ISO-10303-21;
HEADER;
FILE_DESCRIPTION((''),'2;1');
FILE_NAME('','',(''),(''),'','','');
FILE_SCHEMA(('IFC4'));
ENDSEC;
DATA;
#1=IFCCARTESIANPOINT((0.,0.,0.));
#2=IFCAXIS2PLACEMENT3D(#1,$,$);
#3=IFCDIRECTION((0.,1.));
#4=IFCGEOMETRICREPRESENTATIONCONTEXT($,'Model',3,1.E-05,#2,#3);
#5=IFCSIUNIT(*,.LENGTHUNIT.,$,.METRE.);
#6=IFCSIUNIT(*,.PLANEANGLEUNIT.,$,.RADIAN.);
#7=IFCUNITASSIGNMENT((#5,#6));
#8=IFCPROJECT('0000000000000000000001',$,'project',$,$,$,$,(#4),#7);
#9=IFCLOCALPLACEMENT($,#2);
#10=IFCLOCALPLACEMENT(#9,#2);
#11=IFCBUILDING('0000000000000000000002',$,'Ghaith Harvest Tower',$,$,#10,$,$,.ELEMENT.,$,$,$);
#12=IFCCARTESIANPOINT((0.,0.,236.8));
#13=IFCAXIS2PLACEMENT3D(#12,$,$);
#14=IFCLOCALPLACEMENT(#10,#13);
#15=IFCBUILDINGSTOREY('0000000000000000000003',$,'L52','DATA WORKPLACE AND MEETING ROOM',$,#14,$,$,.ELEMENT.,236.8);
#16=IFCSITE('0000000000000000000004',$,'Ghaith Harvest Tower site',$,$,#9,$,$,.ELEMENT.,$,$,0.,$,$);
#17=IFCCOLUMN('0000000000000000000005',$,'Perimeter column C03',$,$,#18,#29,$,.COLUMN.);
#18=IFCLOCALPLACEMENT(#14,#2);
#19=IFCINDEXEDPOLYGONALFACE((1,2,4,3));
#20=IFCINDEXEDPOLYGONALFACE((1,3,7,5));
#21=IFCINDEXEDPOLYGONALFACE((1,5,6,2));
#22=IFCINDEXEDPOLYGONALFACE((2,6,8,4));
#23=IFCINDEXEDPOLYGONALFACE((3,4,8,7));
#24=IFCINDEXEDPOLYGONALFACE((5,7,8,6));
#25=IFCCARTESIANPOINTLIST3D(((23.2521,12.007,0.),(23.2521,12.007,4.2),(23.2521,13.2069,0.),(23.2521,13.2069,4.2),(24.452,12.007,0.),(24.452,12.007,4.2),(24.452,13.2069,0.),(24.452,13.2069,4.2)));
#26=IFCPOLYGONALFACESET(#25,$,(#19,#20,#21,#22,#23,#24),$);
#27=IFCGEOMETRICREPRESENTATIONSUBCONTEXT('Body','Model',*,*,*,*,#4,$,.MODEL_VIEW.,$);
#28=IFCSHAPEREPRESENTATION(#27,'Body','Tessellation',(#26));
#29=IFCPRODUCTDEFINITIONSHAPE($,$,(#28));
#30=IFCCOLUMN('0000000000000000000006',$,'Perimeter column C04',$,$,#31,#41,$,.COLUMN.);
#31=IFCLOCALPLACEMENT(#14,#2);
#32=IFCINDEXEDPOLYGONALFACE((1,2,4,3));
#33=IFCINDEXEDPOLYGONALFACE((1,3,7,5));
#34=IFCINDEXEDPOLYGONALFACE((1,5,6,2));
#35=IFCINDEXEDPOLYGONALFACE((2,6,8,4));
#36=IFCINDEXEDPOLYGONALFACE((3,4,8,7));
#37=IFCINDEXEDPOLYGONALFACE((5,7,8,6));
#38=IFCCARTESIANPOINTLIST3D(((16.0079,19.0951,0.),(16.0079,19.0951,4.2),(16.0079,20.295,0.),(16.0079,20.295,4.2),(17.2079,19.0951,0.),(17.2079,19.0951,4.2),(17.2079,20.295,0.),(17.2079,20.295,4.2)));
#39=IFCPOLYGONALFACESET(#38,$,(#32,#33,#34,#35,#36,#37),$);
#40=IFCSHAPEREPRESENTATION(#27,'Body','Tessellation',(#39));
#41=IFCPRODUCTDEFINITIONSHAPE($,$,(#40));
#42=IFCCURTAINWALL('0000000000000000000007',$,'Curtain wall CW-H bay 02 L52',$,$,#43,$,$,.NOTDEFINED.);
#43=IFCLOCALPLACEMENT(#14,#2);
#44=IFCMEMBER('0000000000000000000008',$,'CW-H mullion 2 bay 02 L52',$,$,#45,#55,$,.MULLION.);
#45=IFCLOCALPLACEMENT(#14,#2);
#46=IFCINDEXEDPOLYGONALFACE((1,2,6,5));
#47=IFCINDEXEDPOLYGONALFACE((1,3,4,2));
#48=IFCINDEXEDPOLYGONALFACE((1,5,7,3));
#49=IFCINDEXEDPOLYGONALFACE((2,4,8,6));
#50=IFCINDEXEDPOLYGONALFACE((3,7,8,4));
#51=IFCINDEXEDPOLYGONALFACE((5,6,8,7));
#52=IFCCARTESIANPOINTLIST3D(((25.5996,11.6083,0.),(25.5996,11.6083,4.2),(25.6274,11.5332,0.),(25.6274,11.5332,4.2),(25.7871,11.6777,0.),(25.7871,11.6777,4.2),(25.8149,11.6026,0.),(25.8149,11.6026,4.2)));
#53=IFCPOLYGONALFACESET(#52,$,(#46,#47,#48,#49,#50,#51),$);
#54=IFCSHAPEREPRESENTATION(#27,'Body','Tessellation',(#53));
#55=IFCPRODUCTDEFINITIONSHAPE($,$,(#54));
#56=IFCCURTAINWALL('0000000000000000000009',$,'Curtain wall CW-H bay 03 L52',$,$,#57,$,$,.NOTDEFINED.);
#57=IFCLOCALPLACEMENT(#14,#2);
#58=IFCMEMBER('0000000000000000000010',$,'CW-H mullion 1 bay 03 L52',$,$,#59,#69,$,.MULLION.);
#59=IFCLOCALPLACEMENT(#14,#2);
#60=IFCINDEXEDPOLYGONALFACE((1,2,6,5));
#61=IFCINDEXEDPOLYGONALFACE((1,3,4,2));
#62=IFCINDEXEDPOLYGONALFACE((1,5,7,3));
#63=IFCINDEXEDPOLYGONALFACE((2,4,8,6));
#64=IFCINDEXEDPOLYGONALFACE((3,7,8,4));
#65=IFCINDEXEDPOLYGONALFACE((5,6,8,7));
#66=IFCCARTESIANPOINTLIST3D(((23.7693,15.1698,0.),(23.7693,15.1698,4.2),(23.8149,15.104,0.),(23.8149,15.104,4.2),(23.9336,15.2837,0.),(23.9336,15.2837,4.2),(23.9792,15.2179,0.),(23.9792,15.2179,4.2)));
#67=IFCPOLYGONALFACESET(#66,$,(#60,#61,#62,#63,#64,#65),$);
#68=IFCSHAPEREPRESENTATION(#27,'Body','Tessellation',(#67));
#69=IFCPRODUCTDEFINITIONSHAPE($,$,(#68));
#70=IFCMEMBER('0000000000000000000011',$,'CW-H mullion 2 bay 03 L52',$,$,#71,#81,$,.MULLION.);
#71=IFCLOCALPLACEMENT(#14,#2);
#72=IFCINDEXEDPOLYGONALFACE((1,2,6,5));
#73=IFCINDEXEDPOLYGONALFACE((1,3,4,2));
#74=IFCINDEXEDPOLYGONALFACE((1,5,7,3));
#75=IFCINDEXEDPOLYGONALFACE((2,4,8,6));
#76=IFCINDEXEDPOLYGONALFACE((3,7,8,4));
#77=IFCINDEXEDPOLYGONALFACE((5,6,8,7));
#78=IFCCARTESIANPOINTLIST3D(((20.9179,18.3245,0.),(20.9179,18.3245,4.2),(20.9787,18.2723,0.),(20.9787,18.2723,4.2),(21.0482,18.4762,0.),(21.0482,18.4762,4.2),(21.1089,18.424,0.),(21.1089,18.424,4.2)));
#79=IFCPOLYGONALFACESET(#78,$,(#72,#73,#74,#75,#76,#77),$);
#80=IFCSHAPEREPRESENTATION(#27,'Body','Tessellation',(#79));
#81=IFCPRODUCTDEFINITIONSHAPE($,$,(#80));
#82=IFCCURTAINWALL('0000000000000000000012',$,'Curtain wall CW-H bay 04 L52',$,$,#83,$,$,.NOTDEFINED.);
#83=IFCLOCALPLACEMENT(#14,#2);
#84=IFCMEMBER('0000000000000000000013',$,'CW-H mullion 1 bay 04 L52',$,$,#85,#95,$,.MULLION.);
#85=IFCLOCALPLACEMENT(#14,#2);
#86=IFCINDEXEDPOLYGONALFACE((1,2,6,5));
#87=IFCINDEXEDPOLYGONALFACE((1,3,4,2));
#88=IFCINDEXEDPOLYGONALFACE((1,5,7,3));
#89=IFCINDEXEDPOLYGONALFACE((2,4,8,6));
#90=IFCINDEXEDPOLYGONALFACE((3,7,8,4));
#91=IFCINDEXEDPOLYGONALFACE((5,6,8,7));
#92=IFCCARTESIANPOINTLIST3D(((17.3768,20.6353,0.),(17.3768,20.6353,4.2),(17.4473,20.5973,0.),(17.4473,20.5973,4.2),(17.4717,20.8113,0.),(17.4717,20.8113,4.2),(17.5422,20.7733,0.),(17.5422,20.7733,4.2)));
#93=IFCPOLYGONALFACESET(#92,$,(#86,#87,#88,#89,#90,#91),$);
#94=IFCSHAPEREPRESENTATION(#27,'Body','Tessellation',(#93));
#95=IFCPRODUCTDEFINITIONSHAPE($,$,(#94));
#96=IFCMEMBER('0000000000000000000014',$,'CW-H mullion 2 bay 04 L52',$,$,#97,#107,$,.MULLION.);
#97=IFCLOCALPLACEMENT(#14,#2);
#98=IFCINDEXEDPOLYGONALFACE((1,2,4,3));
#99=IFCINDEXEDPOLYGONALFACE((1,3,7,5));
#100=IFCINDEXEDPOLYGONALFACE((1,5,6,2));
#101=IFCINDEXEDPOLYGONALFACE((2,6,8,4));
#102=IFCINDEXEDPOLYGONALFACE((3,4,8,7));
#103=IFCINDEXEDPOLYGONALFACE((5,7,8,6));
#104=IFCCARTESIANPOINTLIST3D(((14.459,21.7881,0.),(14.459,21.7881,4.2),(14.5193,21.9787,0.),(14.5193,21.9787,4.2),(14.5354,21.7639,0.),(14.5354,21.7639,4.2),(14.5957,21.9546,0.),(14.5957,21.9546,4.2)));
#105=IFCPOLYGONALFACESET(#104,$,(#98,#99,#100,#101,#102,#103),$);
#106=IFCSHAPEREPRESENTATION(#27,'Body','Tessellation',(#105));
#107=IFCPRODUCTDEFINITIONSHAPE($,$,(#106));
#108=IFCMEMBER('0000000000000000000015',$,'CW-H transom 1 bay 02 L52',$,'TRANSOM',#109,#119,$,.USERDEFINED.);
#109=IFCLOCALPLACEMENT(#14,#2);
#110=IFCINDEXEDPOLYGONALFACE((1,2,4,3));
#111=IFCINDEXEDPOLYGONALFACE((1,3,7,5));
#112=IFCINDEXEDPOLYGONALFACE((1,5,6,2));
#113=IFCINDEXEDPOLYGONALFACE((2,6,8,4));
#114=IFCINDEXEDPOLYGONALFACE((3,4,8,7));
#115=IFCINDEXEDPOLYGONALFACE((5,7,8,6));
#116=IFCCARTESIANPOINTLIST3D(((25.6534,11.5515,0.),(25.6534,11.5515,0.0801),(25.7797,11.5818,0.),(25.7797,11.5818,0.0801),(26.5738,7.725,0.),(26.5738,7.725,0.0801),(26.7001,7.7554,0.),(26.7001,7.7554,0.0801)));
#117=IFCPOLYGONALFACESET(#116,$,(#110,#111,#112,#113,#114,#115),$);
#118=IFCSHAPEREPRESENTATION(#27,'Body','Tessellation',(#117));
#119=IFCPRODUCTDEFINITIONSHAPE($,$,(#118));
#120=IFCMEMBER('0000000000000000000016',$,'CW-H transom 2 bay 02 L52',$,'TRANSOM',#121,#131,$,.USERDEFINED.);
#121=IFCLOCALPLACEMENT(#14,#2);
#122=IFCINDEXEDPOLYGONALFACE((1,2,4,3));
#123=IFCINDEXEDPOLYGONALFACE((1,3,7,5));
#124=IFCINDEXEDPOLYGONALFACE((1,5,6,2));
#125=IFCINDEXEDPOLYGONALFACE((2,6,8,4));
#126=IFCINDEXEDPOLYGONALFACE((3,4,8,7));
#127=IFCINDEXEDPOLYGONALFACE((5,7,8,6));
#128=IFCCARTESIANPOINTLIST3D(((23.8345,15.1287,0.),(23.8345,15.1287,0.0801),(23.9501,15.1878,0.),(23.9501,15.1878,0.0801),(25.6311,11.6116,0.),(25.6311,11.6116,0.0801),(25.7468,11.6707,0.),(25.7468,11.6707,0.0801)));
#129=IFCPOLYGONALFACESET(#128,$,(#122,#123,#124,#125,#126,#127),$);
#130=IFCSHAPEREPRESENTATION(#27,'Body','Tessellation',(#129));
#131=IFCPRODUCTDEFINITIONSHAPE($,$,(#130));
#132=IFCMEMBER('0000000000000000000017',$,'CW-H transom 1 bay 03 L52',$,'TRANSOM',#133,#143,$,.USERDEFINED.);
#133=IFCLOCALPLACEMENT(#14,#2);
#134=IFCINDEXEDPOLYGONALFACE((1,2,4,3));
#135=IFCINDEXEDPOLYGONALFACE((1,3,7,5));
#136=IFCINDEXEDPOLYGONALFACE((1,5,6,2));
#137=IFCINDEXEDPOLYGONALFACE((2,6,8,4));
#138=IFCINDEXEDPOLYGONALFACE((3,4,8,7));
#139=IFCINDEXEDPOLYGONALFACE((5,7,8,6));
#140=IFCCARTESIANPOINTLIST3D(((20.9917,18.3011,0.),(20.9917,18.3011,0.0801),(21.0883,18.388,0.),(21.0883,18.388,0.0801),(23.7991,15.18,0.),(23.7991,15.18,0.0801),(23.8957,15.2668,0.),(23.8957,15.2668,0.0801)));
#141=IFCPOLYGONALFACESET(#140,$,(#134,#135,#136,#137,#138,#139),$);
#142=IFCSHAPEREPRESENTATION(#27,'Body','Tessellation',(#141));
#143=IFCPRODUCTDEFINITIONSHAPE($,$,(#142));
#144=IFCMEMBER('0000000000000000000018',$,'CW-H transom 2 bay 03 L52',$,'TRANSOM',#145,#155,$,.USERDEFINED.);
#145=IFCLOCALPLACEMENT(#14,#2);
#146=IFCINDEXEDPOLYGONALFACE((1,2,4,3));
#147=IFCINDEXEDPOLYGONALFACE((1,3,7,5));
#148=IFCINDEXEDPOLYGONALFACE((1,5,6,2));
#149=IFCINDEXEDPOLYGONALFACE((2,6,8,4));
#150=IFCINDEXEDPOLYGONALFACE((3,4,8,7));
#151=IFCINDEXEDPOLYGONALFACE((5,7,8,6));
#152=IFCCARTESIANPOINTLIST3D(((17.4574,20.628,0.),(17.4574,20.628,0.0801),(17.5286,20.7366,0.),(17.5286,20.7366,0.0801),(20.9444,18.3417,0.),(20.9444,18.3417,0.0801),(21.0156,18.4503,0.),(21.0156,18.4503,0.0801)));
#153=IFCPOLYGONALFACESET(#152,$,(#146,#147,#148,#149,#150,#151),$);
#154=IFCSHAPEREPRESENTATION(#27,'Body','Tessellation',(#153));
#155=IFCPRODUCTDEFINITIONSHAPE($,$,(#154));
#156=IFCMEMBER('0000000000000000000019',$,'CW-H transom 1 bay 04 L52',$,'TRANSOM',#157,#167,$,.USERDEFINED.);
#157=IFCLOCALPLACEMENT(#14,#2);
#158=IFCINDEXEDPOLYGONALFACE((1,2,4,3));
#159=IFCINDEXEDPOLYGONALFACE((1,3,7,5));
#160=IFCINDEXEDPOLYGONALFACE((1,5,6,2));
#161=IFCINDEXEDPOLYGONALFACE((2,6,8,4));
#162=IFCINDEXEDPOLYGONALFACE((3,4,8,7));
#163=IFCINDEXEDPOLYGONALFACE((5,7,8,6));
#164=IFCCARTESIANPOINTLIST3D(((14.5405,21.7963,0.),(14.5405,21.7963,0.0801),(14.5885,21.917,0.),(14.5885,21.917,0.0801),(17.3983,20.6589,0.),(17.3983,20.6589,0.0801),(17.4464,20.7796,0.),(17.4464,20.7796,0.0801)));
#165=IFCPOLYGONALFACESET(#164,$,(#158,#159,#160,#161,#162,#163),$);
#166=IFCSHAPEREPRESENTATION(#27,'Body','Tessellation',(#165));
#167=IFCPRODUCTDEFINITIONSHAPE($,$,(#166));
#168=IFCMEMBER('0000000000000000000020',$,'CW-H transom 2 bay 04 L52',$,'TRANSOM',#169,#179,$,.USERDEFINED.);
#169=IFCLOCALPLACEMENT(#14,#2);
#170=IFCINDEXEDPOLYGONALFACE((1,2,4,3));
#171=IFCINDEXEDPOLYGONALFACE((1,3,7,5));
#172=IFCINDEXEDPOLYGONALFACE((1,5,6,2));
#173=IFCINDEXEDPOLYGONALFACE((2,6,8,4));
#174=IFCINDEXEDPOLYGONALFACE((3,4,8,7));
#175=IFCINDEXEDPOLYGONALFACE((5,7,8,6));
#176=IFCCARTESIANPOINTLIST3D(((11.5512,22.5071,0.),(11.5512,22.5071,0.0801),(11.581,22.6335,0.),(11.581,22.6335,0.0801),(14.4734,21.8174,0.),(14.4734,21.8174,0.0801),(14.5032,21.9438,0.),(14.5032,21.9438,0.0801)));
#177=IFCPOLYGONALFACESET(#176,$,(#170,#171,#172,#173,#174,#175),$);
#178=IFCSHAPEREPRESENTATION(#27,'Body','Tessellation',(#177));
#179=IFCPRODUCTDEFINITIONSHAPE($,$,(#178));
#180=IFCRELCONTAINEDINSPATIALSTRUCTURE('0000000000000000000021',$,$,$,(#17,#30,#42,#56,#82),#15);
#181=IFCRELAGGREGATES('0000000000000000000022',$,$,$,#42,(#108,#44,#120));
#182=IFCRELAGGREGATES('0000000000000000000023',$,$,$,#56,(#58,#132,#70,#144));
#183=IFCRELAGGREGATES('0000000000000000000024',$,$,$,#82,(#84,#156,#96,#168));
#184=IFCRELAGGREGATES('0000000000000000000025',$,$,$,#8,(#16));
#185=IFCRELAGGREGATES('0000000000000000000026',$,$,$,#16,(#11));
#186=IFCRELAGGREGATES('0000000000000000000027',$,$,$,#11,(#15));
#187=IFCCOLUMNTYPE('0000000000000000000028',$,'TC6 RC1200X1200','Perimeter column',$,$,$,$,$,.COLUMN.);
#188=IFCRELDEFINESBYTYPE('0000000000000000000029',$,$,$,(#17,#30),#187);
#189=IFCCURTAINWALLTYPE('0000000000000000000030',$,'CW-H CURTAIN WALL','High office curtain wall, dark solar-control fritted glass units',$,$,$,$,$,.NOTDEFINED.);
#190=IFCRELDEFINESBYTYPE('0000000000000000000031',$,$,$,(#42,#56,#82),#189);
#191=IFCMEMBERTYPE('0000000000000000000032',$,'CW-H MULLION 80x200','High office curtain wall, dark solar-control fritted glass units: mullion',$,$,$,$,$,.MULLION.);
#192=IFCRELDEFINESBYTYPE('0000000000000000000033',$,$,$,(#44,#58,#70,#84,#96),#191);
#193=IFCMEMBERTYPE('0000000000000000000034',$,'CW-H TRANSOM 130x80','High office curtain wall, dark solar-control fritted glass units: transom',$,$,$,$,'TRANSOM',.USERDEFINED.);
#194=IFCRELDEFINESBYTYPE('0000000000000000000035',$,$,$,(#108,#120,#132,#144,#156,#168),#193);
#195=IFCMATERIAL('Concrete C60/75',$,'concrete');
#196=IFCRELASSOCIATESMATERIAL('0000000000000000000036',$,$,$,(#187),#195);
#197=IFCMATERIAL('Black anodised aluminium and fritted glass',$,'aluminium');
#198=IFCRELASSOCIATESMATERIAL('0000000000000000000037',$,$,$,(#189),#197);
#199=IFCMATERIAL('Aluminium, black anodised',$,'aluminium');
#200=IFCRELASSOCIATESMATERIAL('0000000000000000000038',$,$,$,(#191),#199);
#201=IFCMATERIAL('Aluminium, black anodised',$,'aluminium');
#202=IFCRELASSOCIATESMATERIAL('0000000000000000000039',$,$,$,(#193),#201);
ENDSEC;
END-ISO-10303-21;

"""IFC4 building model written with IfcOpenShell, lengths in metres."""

from ifc_helpers import new_model, si_unit, direction, frame, origin, origin_2d, place, context, subcontext, project, spatial, rectangle, extrude, material, material_profile, profile_set, type_object, element, aggregate, save


model = new_model("IFC4")

# Units and contexts
model_context = context("Model", 3, precision=1e-05, world=origin(), true_north=direction((0.0, 1.0)))
body_context = subcontext(model_context, "Body", "Model", "MODEL_VIEW")
ifc_project = project(units=[si_unit("LENGTHUNIT", "METRE"), si_unit("PLANEANGLEUNIT", "RADIAN")], contexts=[model_context])

# Site, building, storey
site_placement = place(None, origin())
site = spatial("IfcSite", under=ifc_project, at=site_placement, Name="Ghaith Harvest Tower site", CompositionType="ELEMENT", RefElevation=0.0)
building_placement = place(site_placement, origin())
building = spatial("IfcBuilding", under=site, at=building_placement, Name="Ghaith Harvest Tower", CompositionType="ELEMENT")
storey_placement = place(building_placement, frame((0.0, 0.0, 236.8)))
storey = spatial("IfcBuildingStorey", under=building, at=storey_placement, Name="L52", Description="DATA WORKPLACE AND MEETING ROOM", CompositionType="ELEMENT", Elevation=236.8)

# Columns
ifc_material_1 = material(Name="Concrete C60/75", Category="concrete")
ifc_material_profile_1 = material_profile(ifc_material_1, rectangle(XDim=1.2, YDim=1.2, at=origin_2d()), Name="RC1200X1200")
ifc_profile_set_1 = profile_set([ifc_material_profile_1], Name="Concrete C60/75")
column_type = type_object("IfcColumnType", Name="TC6 RC1200X1200", Description="Perimeter column", PredefinedType="COLUMN", material=ifc_profile_set_1)
for number, where, z_axis, x_axis, name in (
    (1, (23.8521, 12.6069, 0.0), (0.0, 0.0, 1.0), (1.0, 0.0, 0.0), "Perimeter column C03"),
    (2, (16.6079, 19.6951, 0.0), (0.0, 0.0, 1.0), (1.0, 0.0, 0.0), "Perimeter column C04"),
):
    element("IfcColumn", number, at=place(storey_placement, frame(where, z_axis=z_axis, x_axis=x_axis)), inside=storey, type_object=column_type, Name=name, PredefinedType="COLUMN", context=body_context, shape_type="SweptSolid", body=[
        extrude(rectangle(XDim=1.2, YDim=1.2, at=origin_2d()), origin(), (0.0, 0.0, 1.0), 4.2),
    ])

# Curtain wall, member
ifc_material_2 = material(Name="Black anodised aluminium and fritted glass", Category="aluminium")
curtain_wall_type = type_object("IfcCurtainWallType", Name="CW-H CURTAIN WALL", Description="High office curtain wall, dark solar-control fritted glass units", PredefinedType="NOTDEFINED", material=ifc_material_2)
curtain_wall_1_placement = place(storey_placement, origin())
curtain_wall_1 = element("IfcCurtainWall", 3, at=curtain_wall_1_placement, inside=storey, type_object=curtain_wall_type, Name="Curtain wall CW-H bay 02 L52", PredefinedType="NOTDEFINED")
ifc_material_3 = material(Name="Aluminium, black anodised", Category="aluminium")
ifc_material_profile_2 = material_profile(ifc_material_3, rectangle(XDim=0.0801, YDim=0.2, at=origin_2d()), Name="CW-H MULLION 80x200")
ifc_profile_set_2 = profile_set([ifc_material_profile_2], Name="Aluminium, black anodised")
member_type_1 = type_object("IfcMemberType", Name="CW-H MULLION 80x200", Description="High office curtain wall, dark solar-control fritted glass units: mullion", PredefinedType="MULLION", material=ifc_profile_set_2)
member_1_placement = place(storey_placement, frame((25.7073, 11.6055, 0.0), z_axis=(0.0, 0.0, 1.0), x_axis=(-0.347012, 0.937861, 0.0)))
member_1 = element("IfcMember", 4, at=member_1_placement, type_object=member_type_1, Name="CW-H mullion 2 bay 02 L52", PredefinedType="MULLION", context=body_context, shape_type="SweptSolid", body=[
    extrude(rectangle(XDim=0.0801, YDim=0.2, at=origin_2d()), origin(), (0.0, 0.0, 1.0), 4.2),
])

# Curtain walls, members
curtain_wall_2_placement = place(storey_placement, origin())
curtain_wall_2 = element("IfcCurtainWall", 5, at=curtain_wall_2_placement, inside=storey, type_object=curtain_wall_type, Name="Curtain wall CW-H bay 03 L52", PredefinedType="NOTDEFINED")
member_2_placement = place(storey_placement, frame((23.8743, 15.1938, 0.0), z_axis=(0.0, 0.0, 1.0), x_axis=(-0.569847, 0.821751, 0.0)))
member_2 = element("IfcMember", 6, at=member_2_placement, type_object=member_type_1, Name="CW-H mullion 1 bay 03 L52", PredefinedType="MULLION", context=body_context, shape_type="SweptSolid", body=[
    extrude(rectangle(XDim=0.0801, YDim=0.2, at=origin_2d()), origin(), (0.0, 0.0, 1.0), 4.2),
])
member_3_placement = place(storey_placement, frame((21.0134, 18.3743, 0.0), z_axis=(0.0, 0.0, 1.0), x_axis=(-0.758541, 0.651625, 0.0)))
member_3 = element("IfcMember", 7, at=member_3_placement, type_object=member_type_1, Name="CW-H mullion 2 bay 03 L52", PredefinedType="MULLION", context=body_context, shape_type="SweptSolid", body=[
    extrude(rectangle(XDim=0.0801, YDim=0.2, at=origin_2d()), origin(), (0.0, 0.0, 1.0), 4.2),
])
curtain_wall_3_placement = place(storey_placement, origin())
curtain_wall_3 = element("IfcCurtainWall", 8, at=curtain_wall_3_placement, inside=storey, type_object=curtain_wall_type, Name="Curtain wall CW-H bay 04 L52", PredefinedType="NOTDEFINED")
member_4_placement = place(storey_placement, frame((17.4595, 20.7043, 0.0), z_axis=(0.0, 0.0, 1.0), x_axis=(-0.880203, 0.474597, 0.0)))
member_4 = element("IfcMember", 9, at=member_4_placement, type_object=member_type_1, Name="CW-H mullion 1 bay 04 L52", PredefinedType="MULLION", context=body_context, shape_type="SweptSolid", body=[
    extrude(rectangle(XDim=0.0801, YDim=0.2, at=origin_2d()), origin(), (0.0, 0.0, 1.0), 4.2),
])
member_5_placement = place(storey_placement, frame((14.5273, 21.8713, 0.0), z_axis=(0.0, 0.0, 1.0), x_axis=(-0.953503, 0.301384, 0.0)))
member_5 = element("IfcMember", 10, at=member_5_placement, type_object=member_type_1, Name="CW-H mullion 2 bay 04 L52", PredefinedType="MULLION", context=body_context, shape_type="SweptSolid", body=[
    extrude(rectangle(XDim=0.0801, YDim=0.2, at=origin_2d()), origin(), (0.0, 0.0, 1.0), 4.2),
])

# Members
ifc_material_4 = material(Name="Aluminium, black anodised", Category="aluminium")
ifc_material_profile_3 = material_profile(ifc_material_4, rectangle(XDim=0.1299, YDim=0.0801, at=origin_2d()), Name="CW-H TRANSOM 130x80")
ifc_profile_set_3 = profile_set([ifc_material_profile_3], Name="Aluminium, black anodised")
member_type_2 = type_object("IfcMemberType", Name="CW-H TRANSOM 130x80", Description="High office curtain wall, dark solar-control fritted glass units: transom", ElementType="TRANSOM", PredefinedType="USERDEFINED", material=ifc_profile_set_3)
member_6_placement = place(storey_placement, frame((26.637, 7.7402, 0.04), z_axis=(-0.23387, 0.972268, 0.0), x_axis=(-0.972268, -0.23387, 0.0)))
member_6 = element("IfcMember", 11, at=member_6_placement, type_object=member_type_2, Name="CW-H transom 1 bay 02 L52", ObjectType="TRANSOM", PredefinedType="USERDEFINED", context=body_context, shape_type="SweptSolid", body=[
    extrude(rectangle(XDim=0.1299, YDim=0.0801, at=origin_2d()), origin(), (0.0, 0.0, 1.0), 3.9355),
])
member_7_placement = place(storey_placement, frame((25.689, 11.6411, 0.04), z_axis=(-0.454912, 0.890537, 0.0), x_axis=(-0.890537, -0.454912, 0.0)))
member_7 = element("IfcMember", 12, at=member_7_placement, type_object=member_type_2, Name="CW-H transom 2 bay 02 L52", ObjectType="TRANSOM", PredefinedType="USERDEFINED", context=body_context, shape_type="SweptSolid", body=[
    extrude(rectangle(XDim=0.1299, YDim=0.0801, at=origin_2d()), origin(), (0.0, 0.0, 1.0), 3.9495),
])
member_8_placement = place(storey_placement, frame((23.8474, 15.2234, 0.04), z_axis=(-0.668753, 0.743485, 0.0), x_axis=(-0.743485, -0.668753, 0.0)))
member_8 = element("IfcMember", 13, at=member_8_placement, type_object=member_type_2, Name="CW-H transom 1 bay 03 L52", ObjectType="TRANSOM", PredefinedType="USERDEFINED", context=body_context, shape_type="SweptSolid", body=[
    extrude(rectangle(XDim=0.1299, YDim=0.0801, at=origin_2d()), origin(), (0.0, 0.0, 1.0), 4.198),
])
member_9_placement = place(storey_placement, frame((20.98, 18.396, 0.04), z_axis=(-0.836269, 0.54832, 0.0), x_axis=(-0.54832, -0.836269, 0.0)))
member_9 = element("IfcMember", 14, at=member_9_placement, type_object=member_type_2, Name="CW-H transom 2 bay 03 L52", ObjectType="TRANSOM", PredefinedType="USERDEFINED", context=body_context, shape_type="SweptSolid", body=[
    extrude(rectangle(XDim=0.1299, YDim=0.0801, at=origin_2d()), origin(), (0.0, 0.0, 1.0), 4.1697),
])
member_10_placement = place(storey_placement, frame((17.4224, 20.7192, 0.04), z_axis=(-0.929116, 0.369789, 0.0), x_axis=(-0.369789, -0.929116, 0.0)))
member_10 = element("IfcMember", 15, at=member_10_placement, type_object=member_type_2, Name="CW-H transom 1 bay 04 L52", ObjectType="TRANSOM", PredefinedType="USERDEFINED", context=body_context, shape_type="SweptSolid", body=[
    extrude(rectangle(XDim=0.1299, YDim=0.0801, at=origin_2d()), origin(), (0.0, 0.0, 1.0), 3.0759),
])
member_11_placement = place(storey_placement, frame((14.4883, 21.8806, 0.04), z_axis=(-0.973258, 0.229715, 0.0), x_axis=(-0.229715, -0.973258, 0.0)))
member_11 = element("IfcMember", 16, at=member_11_placement, type_object=member_type_2, Name="CW-H transom 2 bay 04 L52", ObjectType="TRANSOM", PredefinedType="USERDEFINED", context=body_context, shape_type="SweptSolid", body=[
    extrude(rectangle(XDim=0.1299, YDim=0.0801, at=origin_2d()), origin(), (0.0, 0.0, 1.0), 3.0024),
])

aggregate(curtain_wall_1, [member_6, member_1, member_7])
aggregate(curtain_wall_2, [member_2, member_8, member_3, member_9])
aggregate(curtain_wall_3, [member_4, member_10, member_5, member_11])

save(model, "model.ifc")
